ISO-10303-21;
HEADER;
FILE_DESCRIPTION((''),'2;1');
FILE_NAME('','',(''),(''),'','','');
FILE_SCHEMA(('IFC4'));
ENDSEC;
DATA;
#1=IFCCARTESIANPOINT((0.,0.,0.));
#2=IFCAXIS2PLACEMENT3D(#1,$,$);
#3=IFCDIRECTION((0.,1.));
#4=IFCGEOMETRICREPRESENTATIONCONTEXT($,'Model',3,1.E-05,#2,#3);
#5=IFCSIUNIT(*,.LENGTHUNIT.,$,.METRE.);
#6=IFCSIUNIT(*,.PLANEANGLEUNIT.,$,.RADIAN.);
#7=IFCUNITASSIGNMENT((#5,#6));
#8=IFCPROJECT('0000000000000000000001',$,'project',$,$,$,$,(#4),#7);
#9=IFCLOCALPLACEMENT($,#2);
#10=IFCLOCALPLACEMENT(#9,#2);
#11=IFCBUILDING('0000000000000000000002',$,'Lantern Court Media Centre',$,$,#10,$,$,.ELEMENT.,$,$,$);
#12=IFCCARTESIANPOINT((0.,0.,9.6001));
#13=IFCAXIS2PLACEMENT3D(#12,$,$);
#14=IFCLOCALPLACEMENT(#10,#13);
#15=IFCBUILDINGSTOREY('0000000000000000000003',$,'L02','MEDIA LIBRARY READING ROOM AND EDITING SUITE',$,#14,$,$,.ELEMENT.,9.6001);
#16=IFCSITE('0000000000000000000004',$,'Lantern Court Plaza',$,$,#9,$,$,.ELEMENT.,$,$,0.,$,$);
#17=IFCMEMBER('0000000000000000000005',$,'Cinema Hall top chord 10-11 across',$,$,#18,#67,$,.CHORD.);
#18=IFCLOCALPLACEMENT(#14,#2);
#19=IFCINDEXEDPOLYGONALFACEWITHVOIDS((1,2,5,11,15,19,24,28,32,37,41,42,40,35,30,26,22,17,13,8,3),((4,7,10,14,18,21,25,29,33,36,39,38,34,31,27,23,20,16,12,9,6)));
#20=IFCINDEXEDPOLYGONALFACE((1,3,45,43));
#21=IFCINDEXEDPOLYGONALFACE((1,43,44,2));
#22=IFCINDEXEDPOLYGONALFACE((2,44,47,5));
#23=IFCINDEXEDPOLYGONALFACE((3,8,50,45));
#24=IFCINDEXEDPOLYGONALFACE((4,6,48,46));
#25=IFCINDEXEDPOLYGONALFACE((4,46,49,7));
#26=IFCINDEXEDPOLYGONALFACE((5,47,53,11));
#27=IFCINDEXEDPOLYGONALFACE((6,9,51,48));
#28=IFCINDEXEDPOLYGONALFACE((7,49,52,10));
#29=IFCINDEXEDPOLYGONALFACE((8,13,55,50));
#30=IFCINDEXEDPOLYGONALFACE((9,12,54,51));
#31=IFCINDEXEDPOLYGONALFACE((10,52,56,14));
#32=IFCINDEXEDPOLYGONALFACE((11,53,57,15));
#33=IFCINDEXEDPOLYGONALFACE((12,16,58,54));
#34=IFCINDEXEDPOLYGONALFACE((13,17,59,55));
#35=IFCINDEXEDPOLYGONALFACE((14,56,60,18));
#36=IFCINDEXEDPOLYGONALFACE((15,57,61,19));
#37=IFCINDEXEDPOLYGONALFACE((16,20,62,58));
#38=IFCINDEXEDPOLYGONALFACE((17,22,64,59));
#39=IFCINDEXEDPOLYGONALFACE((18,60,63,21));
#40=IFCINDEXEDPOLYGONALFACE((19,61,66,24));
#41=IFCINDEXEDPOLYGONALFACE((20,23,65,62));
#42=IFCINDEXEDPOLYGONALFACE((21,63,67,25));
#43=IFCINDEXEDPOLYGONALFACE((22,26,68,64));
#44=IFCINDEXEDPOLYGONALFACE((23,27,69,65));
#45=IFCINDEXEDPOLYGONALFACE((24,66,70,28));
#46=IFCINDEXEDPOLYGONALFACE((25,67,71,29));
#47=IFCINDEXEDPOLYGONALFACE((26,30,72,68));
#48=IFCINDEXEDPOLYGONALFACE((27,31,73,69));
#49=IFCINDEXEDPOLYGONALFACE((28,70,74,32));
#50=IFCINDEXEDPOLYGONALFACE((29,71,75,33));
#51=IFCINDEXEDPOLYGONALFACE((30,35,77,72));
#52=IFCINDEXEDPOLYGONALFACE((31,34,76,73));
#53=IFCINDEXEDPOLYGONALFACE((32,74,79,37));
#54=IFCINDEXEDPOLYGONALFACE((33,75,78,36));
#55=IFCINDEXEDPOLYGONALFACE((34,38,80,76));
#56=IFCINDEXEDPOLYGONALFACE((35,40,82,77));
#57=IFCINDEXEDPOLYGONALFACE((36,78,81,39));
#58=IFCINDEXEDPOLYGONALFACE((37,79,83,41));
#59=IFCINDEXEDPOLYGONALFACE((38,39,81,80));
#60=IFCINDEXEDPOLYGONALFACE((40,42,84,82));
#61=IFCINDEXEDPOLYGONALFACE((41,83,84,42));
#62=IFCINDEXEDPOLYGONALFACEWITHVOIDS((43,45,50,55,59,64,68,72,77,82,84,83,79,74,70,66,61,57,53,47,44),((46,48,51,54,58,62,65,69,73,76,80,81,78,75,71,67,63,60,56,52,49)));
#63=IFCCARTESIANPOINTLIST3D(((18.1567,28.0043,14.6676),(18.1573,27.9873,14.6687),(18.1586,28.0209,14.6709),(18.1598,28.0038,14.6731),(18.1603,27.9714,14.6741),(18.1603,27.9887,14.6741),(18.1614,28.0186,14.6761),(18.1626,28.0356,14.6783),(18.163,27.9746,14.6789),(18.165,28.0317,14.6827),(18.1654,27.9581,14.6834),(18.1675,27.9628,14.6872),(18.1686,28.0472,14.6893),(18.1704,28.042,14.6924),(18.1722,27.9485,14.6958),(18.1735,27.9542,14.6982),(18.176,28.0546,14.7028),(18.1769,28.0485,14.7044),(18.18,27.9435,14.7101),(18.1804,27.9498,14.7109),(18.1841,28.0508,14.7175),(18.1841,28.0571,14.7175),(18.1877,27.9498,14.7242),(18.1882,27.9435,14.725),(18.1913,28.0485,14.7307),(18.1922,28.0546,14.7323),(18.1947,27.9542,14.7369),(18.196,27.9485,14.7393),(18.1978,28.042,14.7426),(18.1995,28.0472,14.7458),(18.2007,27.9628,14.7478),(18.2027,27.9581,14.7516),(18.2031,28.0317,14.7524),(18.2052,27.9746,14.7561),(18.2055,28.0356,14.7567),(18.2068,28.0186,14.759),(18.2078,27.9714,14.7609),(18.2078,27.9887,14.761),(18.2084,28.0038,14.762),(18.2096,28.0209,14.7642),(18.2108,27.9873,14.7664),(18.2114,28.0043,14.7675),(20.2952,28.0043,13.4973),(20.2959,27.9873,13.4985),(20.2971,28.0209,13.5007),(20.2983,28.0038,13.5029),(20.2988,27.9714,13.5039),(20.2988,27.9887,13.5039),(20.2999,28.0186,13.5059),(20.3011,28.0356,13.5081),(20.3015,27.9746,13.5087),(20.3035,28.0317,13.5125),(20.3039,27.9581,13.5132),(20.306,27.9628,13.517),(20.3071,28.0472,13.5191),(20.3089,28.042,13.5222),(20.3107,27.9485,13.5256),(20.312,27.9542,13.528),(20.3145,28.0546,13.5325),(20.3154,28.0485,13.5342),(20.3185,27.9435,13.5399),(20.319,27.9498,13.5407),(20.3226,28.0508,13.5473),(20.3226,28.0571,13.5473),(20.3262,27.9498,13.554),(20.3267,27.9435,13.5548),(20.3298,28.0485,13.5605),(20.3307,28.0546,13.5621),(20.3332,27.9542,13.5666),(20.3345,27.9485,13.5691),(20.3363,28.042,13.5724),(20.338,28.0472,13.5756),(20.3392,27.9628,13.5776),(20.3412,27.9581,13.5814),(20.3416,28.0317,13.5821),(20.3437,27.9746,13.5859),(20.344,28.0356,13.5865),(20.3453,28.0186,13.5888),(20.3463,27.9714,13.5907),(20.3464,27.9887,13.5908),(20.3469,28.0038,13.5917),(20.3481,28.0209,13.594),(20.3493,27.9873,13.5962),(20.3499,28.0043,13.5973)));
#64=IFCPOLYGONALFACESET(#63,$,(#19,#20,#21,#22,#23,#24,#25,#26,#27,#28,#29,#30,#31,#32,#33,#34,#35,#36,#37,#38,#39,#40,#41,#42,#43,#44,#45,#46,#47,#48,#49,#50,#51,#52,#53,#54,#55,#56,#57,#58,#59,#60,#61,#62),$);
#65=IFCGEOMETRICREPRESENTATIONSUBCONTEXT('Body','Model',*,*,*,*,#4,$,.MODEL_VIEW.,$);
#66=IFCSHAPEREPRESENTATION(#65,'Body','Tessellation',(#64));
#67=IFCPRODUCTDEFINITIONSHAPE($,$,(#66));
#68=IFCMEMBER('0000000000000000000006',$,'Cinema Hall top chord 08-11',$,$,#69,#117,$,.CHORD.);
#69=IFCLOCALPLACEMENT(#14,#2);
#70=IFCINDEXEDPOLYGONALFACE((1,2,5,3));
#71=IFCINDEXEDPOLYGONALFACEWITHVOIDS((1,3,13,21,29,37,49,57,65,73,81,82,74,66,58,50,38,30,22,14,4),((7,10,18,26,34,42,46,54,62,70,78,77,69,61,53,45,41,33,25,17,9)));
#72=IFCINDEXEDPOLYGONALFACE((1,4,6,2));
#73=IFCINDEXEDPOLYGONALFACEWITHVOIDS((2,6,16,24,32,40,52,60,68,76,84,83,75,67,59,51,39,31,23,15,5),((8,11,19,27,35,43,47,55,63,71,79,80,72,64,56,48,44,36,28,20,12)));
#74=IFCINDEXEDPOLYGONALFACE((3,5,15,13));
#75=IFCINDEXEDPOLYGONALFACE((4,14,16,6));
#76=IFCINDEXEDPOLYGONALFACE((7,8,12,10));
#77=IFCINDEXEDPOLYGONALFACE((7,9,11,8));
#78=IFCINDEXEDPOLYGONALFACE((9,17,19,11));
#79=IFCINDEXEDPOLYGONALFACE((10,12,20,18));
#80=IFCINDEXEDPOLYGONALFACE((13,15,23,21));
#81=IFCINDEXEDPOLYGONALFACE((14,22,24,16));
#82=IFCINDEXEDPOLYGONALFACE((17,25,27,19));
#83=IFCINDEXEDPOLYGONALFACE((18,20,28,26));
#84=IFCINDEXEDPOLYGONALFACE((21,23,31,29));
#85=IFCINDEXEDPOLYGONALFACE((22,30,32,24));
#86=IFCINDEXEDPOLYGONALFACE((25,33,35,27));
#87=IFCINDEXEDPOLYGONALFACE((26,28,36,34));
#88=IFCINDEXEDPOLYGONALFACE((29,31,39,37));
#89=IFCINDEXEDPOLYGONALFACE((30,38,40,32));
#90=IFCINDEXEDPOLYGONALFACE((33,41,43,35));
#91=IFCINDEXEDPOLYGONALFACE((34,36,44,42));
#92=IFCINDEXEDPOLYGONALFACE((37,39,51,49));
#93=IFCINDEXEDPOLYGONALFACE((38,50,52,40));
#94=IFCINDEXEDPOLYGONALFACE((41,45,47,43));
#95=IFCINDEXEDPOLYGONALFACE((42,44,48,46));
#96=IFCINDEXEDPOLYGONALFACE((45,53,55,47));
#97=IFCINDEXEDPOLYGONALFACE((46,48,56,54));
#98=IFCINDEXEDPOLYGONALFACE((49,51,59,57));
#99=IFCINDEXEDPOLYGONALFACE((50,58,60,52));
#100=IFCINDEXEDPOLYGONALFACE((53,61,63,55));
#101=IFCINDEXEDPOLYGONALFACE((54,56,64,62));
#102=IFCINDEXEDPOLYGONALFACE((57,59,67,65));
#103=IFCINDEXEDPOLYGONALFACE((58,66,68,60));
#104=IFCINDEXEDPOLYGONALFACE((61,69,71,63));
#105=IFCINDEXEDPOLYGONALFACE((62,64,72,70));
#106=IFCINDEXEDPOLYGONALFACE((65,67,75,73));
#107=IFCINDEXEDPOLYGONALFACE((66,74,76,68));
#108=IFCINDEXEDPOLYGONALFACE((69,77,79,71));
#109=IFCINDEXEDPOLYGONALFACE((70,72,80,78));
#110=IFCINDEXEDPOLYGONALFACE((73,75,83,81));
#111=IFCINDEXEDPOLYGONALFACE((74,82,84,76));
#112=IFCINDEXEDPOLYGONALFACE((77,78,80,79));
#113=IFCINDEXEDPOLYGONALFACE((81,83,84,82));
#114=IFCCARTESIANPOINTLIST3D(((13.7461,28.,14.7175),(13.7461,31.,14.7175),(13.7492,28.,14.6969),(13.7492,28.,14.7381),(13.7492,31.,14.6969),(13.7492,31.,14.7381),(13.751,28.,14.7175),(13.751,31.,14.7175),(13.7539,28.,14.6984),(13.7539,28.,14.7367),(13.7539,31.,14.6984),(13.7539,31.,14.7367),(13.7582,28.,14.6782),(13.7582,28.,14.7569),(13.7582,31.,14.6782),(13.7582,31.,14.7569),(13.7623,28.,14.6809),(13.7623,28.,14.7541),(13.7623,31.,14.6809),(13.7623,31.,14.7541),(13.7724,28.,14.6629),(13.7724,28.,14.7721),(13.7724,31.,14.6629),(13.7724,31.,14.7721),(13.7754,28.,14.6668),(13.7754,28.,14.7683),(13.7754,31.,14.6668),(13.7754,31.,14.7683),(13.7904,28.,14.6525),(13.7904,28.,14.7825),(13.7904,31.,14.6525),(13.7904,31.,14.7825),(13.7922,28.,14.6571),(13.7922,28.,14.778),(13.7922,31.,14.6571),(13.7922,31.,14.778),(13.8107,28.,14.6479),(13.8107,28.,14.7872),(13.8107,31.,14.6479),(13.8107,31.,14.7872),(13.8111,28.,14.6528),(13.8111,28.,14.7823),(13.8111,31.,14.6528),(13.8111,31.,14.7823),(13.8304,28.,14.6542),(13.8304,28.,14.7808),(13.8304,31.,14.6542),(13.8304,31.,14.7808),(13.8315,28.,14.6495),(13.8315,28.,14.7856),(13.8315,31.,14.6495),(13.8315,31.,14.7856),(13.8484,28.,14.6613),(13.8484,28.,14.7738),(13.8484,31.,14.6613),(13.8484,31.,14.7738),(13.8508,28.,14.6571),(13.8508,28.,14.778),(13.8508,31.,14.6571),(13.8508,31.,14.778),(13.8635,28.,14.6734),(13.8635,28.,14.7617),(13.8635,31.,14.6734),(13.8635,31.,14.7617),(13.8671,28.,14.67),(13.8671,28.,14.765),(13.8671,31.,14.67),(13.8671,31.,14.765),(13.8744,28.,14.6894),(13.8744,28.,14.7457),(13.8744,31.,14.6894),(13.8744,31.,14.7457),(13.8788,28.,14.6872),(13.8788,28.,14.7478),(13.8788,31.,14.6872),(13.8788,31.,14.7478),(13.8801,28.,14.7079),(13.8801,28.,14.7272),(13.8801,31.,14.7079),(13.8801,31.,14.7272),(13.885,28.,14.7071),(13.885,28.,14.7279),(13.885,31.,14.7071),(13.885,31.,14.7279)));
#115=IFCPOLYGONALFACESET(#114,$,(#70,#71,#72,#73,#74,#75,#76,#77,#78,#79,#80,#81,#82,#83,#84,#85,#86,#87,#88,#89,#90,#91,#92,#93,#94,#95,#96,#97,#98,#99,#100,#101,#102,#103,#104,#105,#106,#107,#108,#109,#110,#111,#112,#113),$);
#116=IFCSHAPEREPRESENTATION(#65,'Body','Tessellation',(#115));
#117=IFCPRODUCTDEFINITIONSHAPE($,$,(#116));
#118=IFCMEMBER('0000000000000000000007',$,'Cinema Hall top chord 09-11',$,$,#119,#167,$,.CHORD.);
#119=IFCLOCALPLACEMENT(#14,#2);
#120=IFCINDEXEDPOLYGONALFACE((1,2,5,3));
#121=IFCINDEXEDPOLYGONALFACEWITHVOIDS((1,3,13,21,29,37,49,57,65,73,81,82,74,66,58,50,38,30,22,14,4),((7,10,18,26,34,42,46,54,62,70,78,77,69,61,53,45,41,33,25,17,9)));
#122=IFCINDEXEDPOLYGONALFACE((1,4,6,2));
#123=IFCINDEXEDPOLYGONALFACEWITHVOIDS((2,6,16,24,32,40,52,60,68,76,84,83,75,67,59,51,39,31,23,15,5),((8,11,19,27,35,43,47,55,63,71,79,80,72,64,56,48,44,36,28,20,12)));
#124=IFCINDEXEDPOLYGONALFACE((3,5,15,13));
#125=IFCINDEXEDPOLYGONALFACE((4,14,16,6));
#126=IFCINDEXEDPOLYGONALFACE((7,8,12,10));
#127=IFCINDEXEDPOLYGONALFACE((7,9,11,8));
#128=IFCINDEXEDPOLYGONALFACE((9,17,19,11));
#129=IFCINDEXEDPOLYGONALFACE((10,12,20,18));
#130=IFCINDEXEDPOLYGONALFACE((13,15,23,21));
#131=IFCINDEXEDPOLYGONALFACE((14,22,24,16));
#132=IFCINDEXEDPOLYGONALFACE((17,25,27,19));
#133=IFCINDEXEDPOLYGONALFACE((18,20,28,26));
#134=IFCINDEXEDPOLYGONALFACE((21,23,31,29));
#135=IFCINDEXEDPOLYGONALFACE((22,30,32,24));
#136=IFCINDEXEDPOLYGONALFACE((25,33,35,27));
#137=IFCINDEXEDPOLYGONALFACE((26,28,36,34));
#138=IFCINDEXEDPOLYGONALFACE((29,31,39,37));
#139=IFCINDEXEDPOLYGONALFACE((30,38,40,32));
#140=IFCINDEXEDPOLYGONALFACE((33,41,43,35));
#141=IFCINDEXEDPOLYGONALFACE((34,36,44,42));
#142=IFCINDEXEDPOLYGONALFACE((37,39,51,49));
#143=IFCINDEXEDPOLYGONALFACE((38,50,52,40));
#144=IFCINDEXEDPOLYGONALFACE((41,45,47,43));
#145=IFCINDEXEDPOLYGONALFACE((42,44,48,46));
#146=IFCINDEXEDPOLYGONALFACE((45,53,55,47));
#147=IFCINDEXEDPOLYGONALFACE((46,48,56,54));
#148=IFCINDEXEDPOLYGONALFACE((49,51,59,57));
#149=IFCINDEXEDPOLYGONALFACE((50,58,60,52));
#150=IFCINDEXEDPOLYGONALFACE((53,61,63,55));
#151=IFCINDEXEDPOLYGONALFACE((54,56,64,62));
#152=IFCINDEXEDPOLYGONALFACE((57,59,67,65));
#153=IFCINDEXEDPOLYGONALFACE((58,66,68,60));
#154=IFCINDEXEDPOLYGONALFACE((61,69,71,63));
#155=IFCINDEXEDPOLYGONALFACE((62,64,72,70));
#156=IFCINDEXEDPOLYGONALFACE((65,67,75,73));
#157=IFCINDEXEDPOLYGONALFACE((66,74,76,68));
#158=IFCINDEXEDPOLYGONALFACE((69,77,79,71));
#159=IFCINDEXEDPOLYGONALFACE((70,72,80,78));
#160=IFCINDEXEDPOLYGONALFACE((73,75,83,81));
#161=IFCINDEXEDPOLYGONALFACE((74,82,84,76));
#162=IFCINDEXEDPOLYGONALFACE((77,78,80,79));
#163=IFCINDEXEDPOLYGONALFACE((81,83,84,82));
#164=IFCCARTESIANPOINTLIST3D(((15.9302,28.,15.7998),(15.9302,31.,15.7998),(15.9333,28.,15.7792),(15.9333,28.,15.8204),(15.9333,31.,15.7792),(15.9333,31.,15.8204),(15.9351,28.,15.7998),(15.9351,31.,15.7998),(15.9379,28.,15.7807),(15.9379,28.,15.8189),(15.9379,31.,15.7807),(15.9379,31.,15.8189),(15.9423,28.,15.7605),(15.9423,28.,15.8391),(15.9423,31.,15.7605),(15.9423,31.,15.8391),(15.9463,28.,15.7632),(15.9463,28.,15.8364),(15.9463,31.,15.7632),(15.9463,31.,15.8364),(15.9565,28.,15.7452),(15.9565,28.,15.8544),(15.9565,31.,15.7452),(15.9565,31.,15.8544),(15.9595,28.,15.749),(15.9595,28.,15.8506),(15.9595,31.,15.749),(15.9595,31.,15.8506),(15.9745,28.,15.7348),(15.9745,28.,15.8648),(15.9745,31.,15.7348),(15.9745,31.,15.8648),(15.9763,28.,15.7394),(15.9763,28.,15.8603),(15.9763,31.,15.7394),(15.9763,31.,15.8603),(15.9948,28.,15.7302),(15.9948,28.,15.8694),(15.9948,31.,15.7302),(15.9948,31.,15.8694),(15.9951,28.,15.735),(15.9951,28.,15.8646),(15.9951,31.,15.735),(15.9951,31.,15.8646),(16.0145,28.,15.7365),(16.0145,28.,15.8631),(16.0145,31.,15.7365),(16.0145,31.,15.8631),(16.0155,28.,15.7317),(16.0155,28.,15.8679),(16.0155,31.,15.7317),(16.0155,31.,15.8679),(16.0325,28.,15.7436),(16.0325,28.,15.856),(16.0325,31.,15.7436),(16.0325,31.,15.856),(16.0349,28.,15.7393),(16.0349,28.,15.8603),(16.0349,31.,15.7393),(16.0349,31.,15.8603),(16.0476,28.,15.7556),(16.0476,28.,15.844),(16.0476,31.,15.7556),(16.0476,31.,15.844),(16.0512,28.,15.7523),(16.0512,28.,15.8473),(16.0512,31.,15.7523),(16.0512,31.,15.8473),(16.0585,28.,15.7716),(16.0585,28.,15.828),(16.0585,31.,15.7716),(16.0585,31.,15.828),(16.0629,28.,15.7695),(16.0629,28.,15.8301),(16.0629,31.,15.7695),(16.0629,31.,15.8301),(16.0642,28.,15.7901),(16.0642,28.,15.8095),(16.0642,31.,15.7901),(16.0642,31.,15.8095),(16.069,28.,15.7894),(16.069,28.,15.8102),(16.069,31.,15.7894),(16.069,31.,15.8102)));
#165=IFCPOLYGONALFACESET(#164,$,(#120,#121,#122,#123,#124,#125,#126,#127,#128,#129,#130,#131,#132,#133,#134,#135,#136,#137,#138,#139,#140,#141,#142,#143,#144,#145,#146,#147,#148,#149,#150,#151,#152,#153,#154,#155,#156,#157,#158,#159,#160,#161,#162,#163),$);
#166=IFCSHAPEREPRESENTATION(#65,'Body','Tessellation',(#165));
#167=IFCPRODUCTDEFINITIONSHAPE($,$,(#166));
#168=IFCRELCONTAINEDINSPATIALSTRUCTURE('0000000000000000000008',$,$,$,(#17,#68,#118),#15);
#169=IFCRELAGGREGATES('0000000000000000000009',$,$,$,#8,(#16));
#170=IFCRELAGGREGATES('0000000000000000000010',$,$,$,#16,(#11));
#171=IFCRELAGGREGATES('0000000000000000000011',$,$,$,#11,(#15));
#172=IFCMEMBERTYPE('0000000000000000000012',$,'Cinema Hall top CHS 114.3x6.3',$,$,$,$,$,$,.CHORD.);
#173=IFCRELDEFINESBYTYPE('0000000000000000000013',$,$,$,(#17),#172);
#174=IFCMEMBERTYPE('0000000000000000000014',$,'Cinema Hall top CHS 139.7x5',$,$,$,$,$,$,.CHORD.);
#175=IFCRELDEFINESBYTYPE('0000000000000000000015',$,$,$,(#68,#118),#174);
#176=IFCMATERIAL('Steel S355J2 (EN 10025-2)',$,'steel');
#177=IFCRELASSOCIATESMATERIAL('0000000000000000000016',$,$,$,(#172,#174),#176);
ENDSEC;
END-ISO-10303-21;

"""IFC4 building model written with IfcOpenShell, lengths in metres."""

from ifc_helpers import new_model, si_unit, direction, frame, origin, origin_2d, place, context, subcontext, project, spatial, hollow_circle, extrude, material, material_profile, profile_set, type_object, element, save


model = new_model("IFC4")

# Units and contexts
model_context = context("Model", 3, precision=1e-05, world=origin(), true_north=direction((0.0, 1.0)))
body_context = subcontext(model_context, "Body", "Model", "MODEL_VIEW")
ifc_project = project(units=[si_unit("LENGTHUNIT", "METRE"), si_unit("PLANEANGLEUNIT", "RADIAN")], contexts=[model_context])

# Site, building, storey
site_placement = place(None, origin())
site = spatial("IfcSite", under=ifc_project, at=site_placement, Name="Lantern Court Plaza", CompositionType="ELEMENT", RefElevation=0.0)
building_placement = place(site_placement, origin())
building = spatial("IfcBuilding", under=site, at=building_placement, Name="Lantern Court Media Centre", CompositionType="ELEMENT")
storey_placement = place(building_placement, frame((0.0, 0.0, 9.6001)))
storey = spatial("IfcBuildingStorey", under=building, at=storey_placement, Name="L02", Description="MEDIA LIBRARY READING ROOM AND EDITING SUITE", CompositionType="ELEMENT", Elevation=9.6001)

# Members
ifc_material = material(Name="Steel S355J2 (EN 10025-2)", Category="steel")
ifc_material_profile_1 = material_profile(ifc_material, hollow_circle(Radius=0.0571, WallThickness=0.0063, at=origin_2d()), Name="Cinema Hall top CHS 114.3x6.3")
ifc_profile_set_1 = profile_set([ifc_material_profile_1], Name="Steel S355J2 (EN 10025-2)")
member_type_1 = type_object("IfcMemberType", Name="Cinema Hall top CHS 114.3x6.3", PredefinedType="CHORD", material=ifc_profile_set_1)
member_1_placement = place(storey_placement, frame((18.1841, 28.0, 14.7175), z_axis=(0.877248, 0.0, -0.480038), x_axis=(0.0, 1.0, 0.0)))
element("IfcMember", 1, at=member_1_placement, inside=storey, type_object=member_type_1, Name="Cinema Hall top chord 10-11 across", PredefinedType="CHORD", context=body_context, shape_type="SweptSolid", body=[
    extrude(hollow_circle(Radius=0.0571, WallThickness=0.0063, at=origin_2d()), origin(), (0.0, 0.0, 1.0), 2.4377),
])
ifc_material_profile_2 = material_profile(ifc_material, hollow_circle(Radius=0.0698, WallThickness=0.0049, at=origin_2d()), Name="Cinema Hall top CHS 139.7x5")
ifc_profile_set_2 = profile_set([ifc_material_profile_2], Name="Steel S355J2 (EN 10025-2)")
member_type_2 = type_object("IfcMemberType", Name="Cinema Hall top CHS 139.7x5", PredefinedType="CHORD", material=ifc_profile_set_2)
for number, where, z_axis, x_axis, name in (
    (2, (13.8159, 28.0, 14.7175), (0.0, 1.0, 0.0), (-1.0, 0.0, 0.0), "Cinema Hall top chord 08-11"),
    (3, (16.0, 28.0, 15.7998), (0.0, 1.0, 0.0), (-1.0, 0.0, 0.0), "Cinema Hall top chord 09-11"),
):
    element("IfcMember", number, at=place(storey_placement, frame(where, z_axis=z_axis, x_axis=x_axis)), inside=storey, type_object=member_type_2, Name=name, PredefinedType="CHORD", context=body_context, shape_type="SweptSolid", body=[
        extrude(hollow_circle(Radius=0.0698, WallThickness=0.0049, at=origin_2d()), origin(), (0.0, 0.0, 1.0), 3.0),
    ])

save(model, "model.ifc")
